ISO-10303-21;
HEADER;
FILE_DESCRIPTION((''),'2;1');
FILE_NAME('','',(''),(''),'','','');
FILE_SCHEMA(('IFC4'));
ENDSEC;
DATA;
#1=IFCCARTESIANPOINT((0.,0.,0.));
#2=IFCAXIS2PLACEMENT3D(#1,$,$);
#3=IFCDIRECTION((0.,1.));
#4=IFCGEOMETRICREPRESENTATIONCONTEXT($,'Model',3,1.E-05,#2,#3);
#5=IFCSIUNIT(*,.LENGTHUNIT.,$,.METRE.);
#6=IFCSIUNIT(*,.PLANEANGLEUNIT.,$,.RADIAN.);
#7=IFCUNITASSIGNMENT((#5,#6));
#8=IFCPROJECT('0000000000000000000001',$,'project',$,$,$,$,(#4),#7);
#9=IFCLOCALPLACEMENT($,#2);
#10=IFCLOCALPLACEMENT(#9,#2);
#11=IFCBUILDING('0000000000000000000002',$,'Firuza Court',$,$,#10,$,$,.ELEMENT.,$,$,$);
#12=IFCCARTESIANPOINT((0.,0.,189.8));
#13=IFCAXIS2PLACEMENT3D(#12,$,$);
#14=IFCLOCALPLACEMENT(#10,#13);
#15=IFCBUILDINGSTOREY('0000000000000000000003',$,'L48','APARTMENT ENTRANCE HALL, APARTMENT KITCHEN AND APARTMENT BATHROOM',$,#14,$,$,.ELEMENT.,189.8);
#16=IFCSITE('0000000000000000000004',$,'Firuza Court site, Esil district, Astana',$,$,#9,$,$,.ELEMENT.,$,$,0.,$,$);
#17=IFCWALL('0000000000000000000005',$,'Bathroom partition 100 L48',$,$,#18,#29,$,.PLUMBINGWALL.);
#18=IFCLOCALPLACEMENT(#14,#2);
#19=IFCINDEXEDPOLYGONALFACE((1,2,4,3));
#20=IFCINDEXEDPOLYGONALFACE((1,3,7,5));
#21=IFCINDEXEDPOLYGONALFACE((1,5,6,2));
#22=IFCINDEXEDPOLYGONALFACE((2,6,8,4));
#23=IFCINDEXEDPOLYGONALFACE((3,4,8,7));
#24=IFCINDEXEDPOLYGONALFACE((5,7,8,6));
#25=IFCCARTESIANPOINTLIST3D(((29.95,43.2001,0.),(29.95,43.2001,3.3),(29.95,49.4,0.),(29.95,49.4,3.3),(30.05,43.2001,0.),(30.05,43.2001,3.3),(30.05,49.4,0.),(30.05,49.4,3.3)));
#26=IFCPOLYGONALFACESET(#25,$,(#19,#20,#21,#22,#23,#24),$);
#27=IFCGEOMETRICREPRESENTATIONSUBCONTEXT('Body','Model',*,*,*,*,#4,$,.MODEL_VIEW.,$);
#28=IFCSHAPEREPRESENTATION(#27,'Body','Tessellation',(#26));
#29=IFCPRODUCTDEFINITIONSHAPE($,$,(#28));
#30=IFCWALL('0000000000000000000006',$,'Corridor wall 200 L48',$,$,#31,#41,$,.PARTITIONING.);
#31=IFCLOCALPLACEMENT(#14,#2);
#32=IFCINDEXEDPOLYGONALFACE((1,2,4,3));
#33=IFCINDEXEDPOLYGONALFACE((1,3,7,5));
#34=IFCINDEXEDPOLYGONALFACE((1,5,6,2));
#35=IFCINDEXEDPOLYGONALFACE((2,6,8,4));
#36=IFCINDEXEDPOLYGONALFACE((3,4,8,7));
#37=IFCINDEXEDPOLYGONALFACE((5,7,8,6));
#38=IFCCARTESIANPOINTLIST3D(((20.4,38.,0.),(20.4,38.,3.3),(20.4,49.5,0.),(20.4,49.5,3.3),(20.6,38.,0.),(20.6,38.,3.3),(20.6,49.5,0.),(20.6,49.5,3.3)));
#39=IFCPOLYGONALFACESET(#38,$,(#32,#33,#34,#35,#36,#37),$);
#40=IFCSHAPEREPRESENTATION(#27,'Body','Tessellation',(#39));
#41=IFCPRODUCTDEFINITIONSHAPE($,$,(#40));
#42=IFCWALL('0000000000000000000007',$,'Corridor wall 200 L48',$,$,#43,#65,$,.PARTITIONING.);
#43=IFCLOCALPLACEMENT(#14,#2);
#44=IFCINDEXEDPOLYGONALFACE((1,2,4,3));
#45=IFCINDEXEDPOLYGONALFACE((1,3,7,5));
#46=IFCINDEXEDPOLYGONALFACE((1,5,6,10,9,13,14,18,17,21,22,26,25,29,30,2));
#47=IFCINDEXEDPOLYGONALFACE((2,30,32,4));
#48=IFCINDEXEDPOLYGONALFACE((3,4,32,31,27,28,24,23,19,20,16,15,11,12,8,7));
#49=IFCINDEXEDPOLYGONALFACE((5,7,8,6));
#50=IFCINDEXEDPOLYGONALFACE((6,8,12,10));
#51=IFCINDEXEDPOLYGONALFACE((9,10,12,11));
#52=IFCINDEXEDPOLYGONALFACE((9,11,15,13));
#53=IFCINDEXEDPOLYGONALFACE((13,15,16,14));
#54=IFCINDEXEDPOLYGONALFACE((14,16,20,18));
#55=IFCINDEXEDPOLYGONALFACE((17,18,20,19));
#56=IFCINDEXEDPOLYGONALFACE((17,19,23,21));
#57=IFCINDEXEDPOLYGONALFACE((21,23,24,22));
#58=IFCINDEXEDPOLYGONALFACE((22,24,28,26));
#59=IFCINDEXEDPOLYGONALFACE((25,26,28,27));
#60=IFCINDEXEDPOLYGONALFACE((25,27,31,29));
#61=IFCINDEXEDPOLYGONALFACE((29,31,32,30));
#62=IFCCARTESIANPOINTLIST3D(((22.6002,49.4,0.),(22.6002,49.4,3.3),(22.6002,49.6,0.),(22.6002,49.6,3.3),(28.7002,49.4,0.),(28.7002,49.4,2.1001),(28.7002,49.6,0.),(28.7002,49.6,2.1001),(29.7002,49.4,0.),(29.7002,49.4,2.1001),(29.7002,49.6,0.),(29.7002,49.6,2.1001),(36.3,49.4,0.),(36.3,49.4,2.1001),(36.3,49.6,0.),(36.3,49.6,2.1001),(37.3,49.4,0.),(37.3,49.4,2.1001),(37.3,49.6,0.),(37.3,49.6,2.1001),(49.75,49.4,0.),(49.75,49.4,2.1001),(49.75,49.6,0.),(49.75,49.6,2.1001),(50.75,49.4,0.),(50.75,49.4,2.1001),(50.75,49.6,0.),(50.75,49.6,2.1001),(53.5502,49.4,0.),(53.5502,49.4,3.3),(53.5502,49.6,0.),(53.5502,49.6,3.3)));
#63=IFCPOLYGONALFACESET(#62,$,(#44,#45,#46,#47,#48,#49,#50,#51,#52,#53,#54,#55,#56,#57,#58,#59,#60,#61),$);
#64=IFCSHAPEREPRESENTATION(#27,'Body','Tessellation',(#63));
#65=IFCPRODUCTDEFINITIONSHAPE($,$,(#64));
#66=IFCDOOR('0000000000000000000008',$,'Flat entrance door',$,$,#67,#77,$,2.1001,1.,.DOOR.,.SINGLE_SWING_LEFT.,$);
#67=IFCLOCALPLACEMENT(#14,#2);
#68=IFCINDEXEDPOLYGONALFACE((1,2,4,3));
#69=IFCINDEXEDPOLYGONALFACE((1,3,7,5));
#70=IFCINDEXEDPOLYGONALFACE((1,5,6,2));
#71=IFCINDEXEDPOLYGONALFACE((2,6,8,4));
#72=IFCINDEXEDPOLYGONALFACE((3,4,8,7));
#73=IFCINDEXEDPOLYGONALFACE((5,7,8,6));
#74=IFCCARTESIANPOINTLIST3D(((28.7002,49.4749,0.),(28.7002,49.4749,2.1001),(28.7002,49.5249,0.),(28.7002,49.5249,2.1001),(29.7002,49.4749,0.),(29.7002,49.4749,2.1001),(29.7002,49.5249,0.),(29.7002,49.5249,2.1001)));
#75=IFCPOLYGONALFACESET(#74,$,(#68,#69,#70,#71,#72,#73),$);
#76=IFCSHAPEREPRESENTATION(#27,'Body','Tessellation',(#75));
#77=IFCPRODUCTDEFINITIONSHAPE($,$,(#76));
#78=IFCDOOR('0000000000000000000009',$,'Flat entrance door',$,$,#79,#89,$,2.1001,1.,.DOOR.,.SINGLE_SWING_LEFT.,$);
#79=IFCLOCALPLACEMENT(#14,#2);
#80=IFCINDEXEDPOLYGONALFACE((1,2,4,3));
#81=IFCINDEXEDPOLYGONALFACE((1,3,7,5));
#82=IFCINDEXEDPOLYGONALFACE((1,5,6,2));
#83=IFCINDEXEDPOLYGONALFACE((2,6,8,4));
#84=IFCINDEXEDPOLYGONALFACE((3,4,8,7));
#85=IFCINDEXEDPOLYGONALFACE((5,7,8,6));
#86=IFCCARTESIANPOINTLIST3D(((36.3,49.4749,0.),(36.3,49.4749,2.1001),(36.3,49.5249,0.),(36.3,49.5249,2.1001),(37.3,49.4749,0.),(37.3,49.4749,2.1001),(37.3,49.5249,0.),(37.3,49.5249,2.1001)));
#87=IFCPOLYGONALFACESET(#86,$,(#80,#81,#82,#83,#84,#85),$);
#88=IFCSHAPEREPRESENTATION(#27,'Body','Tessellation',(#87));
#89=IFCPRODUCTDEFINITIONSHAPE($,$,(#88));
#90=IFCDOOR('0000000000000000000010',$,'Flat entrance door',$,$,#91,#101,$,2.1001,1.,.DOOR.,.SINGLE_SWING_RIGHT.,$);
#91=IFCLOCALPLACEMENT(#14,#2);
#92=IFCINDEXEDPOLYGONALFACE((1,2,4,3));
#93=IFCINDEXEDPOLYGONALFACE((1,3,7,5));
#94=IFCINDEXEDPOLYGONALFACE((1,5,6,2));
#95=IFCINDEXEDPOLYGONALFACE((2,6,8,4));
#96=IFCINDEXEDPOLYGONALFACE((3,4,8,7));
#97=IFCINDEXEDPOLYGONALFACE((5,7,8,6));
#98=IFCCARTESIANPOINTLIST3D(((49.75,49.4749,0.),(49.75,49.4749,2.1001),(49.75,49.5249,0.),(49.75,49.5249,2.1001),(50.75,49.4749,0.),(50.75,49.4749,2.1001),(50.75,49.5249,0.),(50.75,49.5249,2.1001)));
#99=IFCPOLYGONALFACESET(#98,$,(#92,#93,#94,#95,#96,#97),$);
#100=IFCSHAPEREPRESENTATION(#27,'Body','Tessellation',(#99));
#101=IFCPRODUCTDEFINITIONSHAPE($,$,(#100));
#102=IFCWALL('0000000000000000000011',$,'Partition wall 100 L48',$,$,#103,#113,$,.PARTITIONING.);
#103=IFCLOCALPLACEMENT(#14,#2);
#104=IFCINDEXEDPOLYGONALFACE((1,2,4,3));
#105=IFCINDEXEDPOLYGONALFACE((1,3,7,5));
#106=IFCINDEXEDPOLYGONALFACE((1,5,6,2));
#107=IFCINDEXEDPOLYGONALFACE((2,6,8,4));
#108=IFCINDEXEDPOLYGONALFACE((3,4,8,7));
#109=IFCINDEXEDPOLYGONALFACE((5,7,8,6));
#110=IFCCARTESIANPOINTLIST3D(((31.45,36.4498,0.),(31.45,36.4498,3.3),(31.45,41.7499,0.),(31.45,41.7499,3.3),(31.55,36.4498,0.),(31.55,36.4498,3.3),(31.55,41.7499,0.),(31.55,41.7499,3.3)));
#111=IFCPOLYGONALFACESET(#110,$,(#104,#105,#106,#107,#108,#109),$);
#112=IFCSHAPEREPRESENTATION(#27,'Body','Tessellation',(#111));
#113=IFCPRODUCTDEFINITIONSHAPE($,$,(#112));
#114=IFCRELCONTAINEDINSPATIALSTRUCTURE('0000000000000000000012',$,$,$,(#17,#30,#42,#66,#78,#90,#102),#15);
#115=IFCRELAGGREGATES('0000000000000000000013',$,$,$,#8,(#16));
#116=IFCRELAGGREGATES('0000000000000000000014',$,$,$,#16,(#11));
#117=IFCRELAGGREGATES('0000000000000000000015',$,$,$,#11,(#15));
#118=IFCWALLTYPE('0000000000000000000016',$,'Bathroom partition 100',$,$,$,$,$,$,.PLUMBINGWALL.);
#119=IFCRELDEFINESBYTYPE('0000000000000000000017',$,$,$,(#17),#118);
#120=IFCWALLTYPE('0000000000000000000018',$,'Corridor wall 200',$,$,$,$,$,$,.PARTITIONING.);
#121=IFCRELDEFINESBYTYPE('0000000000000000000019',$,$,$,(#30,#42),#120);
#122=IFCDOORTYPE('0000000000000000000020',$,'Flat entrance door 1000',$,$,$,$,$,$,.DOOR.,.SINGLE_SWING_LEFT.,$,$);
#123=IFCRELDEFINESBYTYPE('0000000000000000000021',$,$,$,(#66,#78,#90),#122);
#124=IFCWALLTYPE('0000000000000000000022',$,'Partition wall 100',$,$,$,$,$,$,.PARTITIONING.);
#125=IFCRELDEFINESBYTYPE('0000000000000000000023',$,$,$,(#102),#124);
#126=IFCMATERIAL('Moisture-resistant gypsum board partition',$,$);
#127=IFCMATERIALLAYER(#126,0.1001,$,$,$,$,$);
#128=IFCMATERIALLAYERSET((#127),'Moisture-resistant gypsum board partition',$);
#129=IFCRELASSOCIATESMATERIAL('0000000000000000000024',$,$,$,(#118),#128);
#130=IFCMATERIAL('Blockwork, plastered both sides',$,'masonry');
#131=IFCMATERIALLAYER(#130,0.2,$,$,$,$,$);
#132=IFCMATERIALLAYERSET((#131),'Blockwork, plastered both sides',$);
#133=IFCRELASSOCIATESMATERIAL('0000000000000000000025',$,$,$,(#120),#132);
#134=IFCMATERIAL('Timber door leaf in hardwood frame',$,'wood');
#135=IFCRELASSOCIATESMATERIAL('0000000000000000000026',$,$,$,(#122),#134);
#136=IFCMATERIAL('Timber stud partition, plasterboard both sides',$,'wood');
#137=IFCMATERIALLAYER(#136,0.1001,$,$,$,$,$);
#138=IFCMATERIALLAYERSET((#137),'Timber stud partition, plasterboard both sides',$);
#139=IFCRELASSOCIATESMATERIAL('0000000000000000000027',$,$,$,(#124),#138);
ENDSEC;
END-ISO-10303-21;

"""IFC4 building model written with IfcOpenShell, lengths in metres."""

from ifc_helpers import new_model, si_unit, direction, frame, frame_2d, origin, place, context, subcontext, project, spatial, rectangle, extrude, material, layer, layer_set, type_object, element, fill, save


model = new_model("IFC4")

# Units and contexts
model_context = context("Model", 3, precision=1e-05, world=origin(), true_north=direction((0.0, 1.0)))
body_context = subcontext(model_context, "Body", "Model", "MODEL_VIEW")
ifc_project = project(units=[si_unit("LENGTHUNIT", "METRE"), si_unit("PLANEANGLEUNIT", "RADIAN")], contexts=[model_context])

# Site, building, storey
site_placement = place(None, origin())
site = spatial("IfcSite", under=ifc_project, at=site_placement, Name="Firuza Court site, Esil district, Astana", CompositionType="ELEMENT", RefElevation=0.0)
building_placement = place(site_placement, origin())
building = spatial("IfcBuilding", under=site, at=building_placement, Name="Firuza Court", CompositionType="ELEMENT")
storey_placement = place(building_placement, frame((0.0, 0.0, 189.8)))
storey = spatial("IfcBuildingStorey", under=building, at=storey_placement, Name="L48", Description="APARTMENT ENTRANCE HALL, APARTMENT KITCHEN AND APARTMENT BATHROOM", CompositionType="ELEMENT", Elevation=189.8)

# Walls
ifc_material_1 = material(Name="Moisture-resistant gypsum board partition")
ifc_layer_1 = layer(ifc_material_1, 0.1001)
ifc_layer_set_1 = layer_set([ifc_layer_1], Name="Moisture-resistant gypsum board partition")
wall_type_1 = type_object("IfcWallType", Name="Bathroom partition 100", PredefinedType="PLUMBINGWALL", material=ifc_layer_set_1)
wall_1_placement = place(storey_placement, frame((30.0, 43.2, 0.0), z_axis=(0.0, 0.0, 1.0), x_axis=(0.0, 1.0, 0.0)))
element("IfcWall", 1, at=wall_1_placement, inside=storey, type_object=wall_type_1, Name="Bathroom partition 100 L48", PredefinedType="PLUMBINGWALL", context=body_context, shape_type="SweptSolid", body=[
    extrude(rectangle(XDim=6.2, YDim=0.1001, at=frame_2d((3.1001, 0.0))), origin(), (0.0, 0.0, 1.0), 3.3),
])
ifc_material_2 = material(Name="Blockwork, plastered both sides", Category="masonry")
ifc_layer_2 = layer(ifc_material_2, 0.2)
ifc_layer_set_2 = layer_set([ifc_layer_2], Name="Blockwork, plastered both sides")
wall_type_2 = type_object("IfcWallType", Name="Corridor wall 200", PredefinedType="PARTITIONING", material=ifc_layer_set_2)
wall_2_placement = place(storey_placement, frame((20.5, 38.0, 0.0), z_axis=(0.0, 0.0, 1.0), x_axis=(0.0, 1.0, 0.0)))
element("IfcWall", 2, at=wall_2_placement, inside=storey, type_object=wall_type_2, Name="Corridor wall 200 L48", PredefinedType="PARTITIONING", context=body_context, shape_type="SweptSolid", body=[
    extrude(rectangle(XDim=11.5, YDim=0.2, at=frame_2d((5.75, 0.0))), origin(), (0.0, 0.0, 1.0), 3.3),
])

# Wall, openings, doors
wall_3_placement = place(storey_placement, frame((22.6001, 49.5, 0.0), z_axis=(0.0, 0.0, 1.0), x_axis=(1.0, 0.0, 0.0)))
wall_3 = element("IfcWall", 3, at=wall_3_placement, inside=storey, type_object=wall_type_2, Name="Corridor wall 200 L48", PredefinedType="PARTITIONING", context=body_context, shape_type="SweptSolid", body=[
    extrude(rectangle(XDim=30.95, YDim=0.2, at=frame_2d((15.4751, 0.0))), origin(), (0.0, 0.0, 1.0), 3.3),
])
opening_1_placement = place(wall_3_placement, frame((6.1001, 0.0, 0.0)))
opening_1 = element("IfcOpeningElement", 4, at=opening_1_placement, cuts=wall_3, PredefinedType="OPENING", context=body_context, shape_type="SweptSolid", body=[
    extrude(rectangle(XDim=1.0, YDim=2.1001, at=frame_2d((0.5, 1.05))), frame((0.0, 0.1118, 0.0), z_axis=(0.0, -1.0, 0.0), x_axis=(1.0, 0.0, 0.0)), (0.0, 0.0, 1.0), 0.2239),
])
opening_2_placement = place(wall_3_placement, frame((13.7, 0.0, 0.0)))
opening_2 = element("IfcOpeningElement", 5, at=opening_2_placement, cuts=wall_3, PredefinedType="OPENING", context=body_context, shape_type="SweptSolid", body=[
    extrude(rectangle(XDim=1.0, YDim=2.1001, at=frame_2d((0.5, 1.05))), frame((0.0, 0.1118, 0.0), z_axis=(0.0, -1.0, 0.0), x_axis=(1.0, 0.0, 0.0)), (0.0, 0.0, 1.0), 0.2239),
])
opening_3_placement = place(wall_3_placement, frame((27.1499, 0.0, 0.0)))
opening_3 = element("IfcOpeningElement", 6, at=opening_3_placement, cuts=wall_3, PredefinedType="OPENING", context=body_context, shape_type="SweptSolid", body=[
    extrude(rectangle(XDim=1.0, YDim=2.1001, at=frame_2d((0.5, 1.05))), frame((0.0, 0.1118, 0.0), z_axis=(0.0, -1.0, 0.0), x_axis=(1.0, 0.0, 0.0)), (0.0, 0.0, 1.0), 0.2239),
])
ifc_material_3 = material(Name="Timber door leaf in hardwood frame", Category="wood")
door_type_1 = type_object("IfcDoorType", Name="Flat entrance door 1000", OperationType="SINGLE_SWING_LEFT", PredefinedType="DOOR", material=ifc_material_3)
door_1_placement = place(opening_1_placement, origin())
door_1 = element("IfcDoor", 7, at=door_1_placement, inside=storey, type_object=door_type_1, Name="Flat entrance door", OperationType="SINGLE_SWING_LEFT", OverallHeight=2.1001, OverallWidth=1.0, PredefinedType="DOOR", context=body_context, shape_type="SweptSolid", body=[
    extrude(rectangle(XDim=1.0, YDim=2.1001, at=frame_2d((0.5, 1.05))), frame((0.0, 0.0249, 0.0), z_axis=(0.0, -1.0, 0.0), x_axis=(1.0, 0.0, 0.0)), (0.0, 0.0, 1.0), 0.05),
])
fill(opening_1, door_1)
door_2_placement = place(opening_2_placement, origin())
door_2 = element("IfcDoor", 8, at=door_2_placement, inside=storey, type_object=door_type_1, Name="Flat entrance door", OperationType="SINGLE_SWING_LEFT", OverallHeight=2.1001, OverallWidth=1.0, PredefinedType="DOOR", context=body_context, shape_type="SweptSolid", body=[
    extrude(rectangle(XDim=1.0, YDim=2.1001, at=frame_2d((0.5, 1.05))), frame((0.0, 0.0249, 0.0), z_axis=(0.0, -1.0, 0.0), x_axis=(1.0, 0.0, 0.0)), (0.0, 0.0, 1.0), 0.05),
])
fill(opening_2, door_2)
door_3_placement = place(opening_3_placement, origin())
door_3 = element("IfcDoor", 9, at=door_3_placement, inside=storey, type_object=door_type_1, Name="Flat entrance door", OperationType="SINGLE_SWING_RIGHT", OverallHeight=2.1001, OverallWidth=1.0, PredefinedType="DOOR", context=body_context, shape_type="SweptSolid", body=[
    extrude(rectangle(XDim=1.0, YDim=2.1001, at=frame_2d((0.5, 1.05))), frame((0.0, 0.0249, 0.0), z_axis=(0.0, -1.0, 0.0), x_axis=(1.0, 0.0, 0.0)), (0.0, 0.0, 1.0), 0.05),
])
fill(opening_3, door_3)

# Wall
ifc_material_4 = material(Name="Timber stud partition, plasterboard both sides", Category="wood")
ifc_layer_3 = layer(ifc_material_4, 0.1001)
ifc_layer_set_3 = layer_set([ifc_layer_3], Name="Timber stud partition, plasterboard both sides")
wall_type_3 = type_object("IfcWallType", Name="Partition wall 100", PredefinedType="PARTITIONING", material=ifc_layer_set_3)
wall_4_placement = place(storey_placement, frame((31.5, 36.45, 0.0), z_axis=(0.0, 0.0, 1.0), x_axis=(0.0, 1.0, 0.0)))
element("IfcWall", 10, at=wall_4_placement, inside=storey, type_object=wall_type_3, Name="Partition wall 100 L48", PredefinedType="PARTITIONING", context=body_context, shape_type="SweptSolid", body=[
    extrude(rectangle(XDim=5.3, YDim=0.1001, at=frame_2d((2.6499, 0.0))), origin(), (0.0, 0.0, 1.0), 3.3),
])

save(model, "model.ifc")
